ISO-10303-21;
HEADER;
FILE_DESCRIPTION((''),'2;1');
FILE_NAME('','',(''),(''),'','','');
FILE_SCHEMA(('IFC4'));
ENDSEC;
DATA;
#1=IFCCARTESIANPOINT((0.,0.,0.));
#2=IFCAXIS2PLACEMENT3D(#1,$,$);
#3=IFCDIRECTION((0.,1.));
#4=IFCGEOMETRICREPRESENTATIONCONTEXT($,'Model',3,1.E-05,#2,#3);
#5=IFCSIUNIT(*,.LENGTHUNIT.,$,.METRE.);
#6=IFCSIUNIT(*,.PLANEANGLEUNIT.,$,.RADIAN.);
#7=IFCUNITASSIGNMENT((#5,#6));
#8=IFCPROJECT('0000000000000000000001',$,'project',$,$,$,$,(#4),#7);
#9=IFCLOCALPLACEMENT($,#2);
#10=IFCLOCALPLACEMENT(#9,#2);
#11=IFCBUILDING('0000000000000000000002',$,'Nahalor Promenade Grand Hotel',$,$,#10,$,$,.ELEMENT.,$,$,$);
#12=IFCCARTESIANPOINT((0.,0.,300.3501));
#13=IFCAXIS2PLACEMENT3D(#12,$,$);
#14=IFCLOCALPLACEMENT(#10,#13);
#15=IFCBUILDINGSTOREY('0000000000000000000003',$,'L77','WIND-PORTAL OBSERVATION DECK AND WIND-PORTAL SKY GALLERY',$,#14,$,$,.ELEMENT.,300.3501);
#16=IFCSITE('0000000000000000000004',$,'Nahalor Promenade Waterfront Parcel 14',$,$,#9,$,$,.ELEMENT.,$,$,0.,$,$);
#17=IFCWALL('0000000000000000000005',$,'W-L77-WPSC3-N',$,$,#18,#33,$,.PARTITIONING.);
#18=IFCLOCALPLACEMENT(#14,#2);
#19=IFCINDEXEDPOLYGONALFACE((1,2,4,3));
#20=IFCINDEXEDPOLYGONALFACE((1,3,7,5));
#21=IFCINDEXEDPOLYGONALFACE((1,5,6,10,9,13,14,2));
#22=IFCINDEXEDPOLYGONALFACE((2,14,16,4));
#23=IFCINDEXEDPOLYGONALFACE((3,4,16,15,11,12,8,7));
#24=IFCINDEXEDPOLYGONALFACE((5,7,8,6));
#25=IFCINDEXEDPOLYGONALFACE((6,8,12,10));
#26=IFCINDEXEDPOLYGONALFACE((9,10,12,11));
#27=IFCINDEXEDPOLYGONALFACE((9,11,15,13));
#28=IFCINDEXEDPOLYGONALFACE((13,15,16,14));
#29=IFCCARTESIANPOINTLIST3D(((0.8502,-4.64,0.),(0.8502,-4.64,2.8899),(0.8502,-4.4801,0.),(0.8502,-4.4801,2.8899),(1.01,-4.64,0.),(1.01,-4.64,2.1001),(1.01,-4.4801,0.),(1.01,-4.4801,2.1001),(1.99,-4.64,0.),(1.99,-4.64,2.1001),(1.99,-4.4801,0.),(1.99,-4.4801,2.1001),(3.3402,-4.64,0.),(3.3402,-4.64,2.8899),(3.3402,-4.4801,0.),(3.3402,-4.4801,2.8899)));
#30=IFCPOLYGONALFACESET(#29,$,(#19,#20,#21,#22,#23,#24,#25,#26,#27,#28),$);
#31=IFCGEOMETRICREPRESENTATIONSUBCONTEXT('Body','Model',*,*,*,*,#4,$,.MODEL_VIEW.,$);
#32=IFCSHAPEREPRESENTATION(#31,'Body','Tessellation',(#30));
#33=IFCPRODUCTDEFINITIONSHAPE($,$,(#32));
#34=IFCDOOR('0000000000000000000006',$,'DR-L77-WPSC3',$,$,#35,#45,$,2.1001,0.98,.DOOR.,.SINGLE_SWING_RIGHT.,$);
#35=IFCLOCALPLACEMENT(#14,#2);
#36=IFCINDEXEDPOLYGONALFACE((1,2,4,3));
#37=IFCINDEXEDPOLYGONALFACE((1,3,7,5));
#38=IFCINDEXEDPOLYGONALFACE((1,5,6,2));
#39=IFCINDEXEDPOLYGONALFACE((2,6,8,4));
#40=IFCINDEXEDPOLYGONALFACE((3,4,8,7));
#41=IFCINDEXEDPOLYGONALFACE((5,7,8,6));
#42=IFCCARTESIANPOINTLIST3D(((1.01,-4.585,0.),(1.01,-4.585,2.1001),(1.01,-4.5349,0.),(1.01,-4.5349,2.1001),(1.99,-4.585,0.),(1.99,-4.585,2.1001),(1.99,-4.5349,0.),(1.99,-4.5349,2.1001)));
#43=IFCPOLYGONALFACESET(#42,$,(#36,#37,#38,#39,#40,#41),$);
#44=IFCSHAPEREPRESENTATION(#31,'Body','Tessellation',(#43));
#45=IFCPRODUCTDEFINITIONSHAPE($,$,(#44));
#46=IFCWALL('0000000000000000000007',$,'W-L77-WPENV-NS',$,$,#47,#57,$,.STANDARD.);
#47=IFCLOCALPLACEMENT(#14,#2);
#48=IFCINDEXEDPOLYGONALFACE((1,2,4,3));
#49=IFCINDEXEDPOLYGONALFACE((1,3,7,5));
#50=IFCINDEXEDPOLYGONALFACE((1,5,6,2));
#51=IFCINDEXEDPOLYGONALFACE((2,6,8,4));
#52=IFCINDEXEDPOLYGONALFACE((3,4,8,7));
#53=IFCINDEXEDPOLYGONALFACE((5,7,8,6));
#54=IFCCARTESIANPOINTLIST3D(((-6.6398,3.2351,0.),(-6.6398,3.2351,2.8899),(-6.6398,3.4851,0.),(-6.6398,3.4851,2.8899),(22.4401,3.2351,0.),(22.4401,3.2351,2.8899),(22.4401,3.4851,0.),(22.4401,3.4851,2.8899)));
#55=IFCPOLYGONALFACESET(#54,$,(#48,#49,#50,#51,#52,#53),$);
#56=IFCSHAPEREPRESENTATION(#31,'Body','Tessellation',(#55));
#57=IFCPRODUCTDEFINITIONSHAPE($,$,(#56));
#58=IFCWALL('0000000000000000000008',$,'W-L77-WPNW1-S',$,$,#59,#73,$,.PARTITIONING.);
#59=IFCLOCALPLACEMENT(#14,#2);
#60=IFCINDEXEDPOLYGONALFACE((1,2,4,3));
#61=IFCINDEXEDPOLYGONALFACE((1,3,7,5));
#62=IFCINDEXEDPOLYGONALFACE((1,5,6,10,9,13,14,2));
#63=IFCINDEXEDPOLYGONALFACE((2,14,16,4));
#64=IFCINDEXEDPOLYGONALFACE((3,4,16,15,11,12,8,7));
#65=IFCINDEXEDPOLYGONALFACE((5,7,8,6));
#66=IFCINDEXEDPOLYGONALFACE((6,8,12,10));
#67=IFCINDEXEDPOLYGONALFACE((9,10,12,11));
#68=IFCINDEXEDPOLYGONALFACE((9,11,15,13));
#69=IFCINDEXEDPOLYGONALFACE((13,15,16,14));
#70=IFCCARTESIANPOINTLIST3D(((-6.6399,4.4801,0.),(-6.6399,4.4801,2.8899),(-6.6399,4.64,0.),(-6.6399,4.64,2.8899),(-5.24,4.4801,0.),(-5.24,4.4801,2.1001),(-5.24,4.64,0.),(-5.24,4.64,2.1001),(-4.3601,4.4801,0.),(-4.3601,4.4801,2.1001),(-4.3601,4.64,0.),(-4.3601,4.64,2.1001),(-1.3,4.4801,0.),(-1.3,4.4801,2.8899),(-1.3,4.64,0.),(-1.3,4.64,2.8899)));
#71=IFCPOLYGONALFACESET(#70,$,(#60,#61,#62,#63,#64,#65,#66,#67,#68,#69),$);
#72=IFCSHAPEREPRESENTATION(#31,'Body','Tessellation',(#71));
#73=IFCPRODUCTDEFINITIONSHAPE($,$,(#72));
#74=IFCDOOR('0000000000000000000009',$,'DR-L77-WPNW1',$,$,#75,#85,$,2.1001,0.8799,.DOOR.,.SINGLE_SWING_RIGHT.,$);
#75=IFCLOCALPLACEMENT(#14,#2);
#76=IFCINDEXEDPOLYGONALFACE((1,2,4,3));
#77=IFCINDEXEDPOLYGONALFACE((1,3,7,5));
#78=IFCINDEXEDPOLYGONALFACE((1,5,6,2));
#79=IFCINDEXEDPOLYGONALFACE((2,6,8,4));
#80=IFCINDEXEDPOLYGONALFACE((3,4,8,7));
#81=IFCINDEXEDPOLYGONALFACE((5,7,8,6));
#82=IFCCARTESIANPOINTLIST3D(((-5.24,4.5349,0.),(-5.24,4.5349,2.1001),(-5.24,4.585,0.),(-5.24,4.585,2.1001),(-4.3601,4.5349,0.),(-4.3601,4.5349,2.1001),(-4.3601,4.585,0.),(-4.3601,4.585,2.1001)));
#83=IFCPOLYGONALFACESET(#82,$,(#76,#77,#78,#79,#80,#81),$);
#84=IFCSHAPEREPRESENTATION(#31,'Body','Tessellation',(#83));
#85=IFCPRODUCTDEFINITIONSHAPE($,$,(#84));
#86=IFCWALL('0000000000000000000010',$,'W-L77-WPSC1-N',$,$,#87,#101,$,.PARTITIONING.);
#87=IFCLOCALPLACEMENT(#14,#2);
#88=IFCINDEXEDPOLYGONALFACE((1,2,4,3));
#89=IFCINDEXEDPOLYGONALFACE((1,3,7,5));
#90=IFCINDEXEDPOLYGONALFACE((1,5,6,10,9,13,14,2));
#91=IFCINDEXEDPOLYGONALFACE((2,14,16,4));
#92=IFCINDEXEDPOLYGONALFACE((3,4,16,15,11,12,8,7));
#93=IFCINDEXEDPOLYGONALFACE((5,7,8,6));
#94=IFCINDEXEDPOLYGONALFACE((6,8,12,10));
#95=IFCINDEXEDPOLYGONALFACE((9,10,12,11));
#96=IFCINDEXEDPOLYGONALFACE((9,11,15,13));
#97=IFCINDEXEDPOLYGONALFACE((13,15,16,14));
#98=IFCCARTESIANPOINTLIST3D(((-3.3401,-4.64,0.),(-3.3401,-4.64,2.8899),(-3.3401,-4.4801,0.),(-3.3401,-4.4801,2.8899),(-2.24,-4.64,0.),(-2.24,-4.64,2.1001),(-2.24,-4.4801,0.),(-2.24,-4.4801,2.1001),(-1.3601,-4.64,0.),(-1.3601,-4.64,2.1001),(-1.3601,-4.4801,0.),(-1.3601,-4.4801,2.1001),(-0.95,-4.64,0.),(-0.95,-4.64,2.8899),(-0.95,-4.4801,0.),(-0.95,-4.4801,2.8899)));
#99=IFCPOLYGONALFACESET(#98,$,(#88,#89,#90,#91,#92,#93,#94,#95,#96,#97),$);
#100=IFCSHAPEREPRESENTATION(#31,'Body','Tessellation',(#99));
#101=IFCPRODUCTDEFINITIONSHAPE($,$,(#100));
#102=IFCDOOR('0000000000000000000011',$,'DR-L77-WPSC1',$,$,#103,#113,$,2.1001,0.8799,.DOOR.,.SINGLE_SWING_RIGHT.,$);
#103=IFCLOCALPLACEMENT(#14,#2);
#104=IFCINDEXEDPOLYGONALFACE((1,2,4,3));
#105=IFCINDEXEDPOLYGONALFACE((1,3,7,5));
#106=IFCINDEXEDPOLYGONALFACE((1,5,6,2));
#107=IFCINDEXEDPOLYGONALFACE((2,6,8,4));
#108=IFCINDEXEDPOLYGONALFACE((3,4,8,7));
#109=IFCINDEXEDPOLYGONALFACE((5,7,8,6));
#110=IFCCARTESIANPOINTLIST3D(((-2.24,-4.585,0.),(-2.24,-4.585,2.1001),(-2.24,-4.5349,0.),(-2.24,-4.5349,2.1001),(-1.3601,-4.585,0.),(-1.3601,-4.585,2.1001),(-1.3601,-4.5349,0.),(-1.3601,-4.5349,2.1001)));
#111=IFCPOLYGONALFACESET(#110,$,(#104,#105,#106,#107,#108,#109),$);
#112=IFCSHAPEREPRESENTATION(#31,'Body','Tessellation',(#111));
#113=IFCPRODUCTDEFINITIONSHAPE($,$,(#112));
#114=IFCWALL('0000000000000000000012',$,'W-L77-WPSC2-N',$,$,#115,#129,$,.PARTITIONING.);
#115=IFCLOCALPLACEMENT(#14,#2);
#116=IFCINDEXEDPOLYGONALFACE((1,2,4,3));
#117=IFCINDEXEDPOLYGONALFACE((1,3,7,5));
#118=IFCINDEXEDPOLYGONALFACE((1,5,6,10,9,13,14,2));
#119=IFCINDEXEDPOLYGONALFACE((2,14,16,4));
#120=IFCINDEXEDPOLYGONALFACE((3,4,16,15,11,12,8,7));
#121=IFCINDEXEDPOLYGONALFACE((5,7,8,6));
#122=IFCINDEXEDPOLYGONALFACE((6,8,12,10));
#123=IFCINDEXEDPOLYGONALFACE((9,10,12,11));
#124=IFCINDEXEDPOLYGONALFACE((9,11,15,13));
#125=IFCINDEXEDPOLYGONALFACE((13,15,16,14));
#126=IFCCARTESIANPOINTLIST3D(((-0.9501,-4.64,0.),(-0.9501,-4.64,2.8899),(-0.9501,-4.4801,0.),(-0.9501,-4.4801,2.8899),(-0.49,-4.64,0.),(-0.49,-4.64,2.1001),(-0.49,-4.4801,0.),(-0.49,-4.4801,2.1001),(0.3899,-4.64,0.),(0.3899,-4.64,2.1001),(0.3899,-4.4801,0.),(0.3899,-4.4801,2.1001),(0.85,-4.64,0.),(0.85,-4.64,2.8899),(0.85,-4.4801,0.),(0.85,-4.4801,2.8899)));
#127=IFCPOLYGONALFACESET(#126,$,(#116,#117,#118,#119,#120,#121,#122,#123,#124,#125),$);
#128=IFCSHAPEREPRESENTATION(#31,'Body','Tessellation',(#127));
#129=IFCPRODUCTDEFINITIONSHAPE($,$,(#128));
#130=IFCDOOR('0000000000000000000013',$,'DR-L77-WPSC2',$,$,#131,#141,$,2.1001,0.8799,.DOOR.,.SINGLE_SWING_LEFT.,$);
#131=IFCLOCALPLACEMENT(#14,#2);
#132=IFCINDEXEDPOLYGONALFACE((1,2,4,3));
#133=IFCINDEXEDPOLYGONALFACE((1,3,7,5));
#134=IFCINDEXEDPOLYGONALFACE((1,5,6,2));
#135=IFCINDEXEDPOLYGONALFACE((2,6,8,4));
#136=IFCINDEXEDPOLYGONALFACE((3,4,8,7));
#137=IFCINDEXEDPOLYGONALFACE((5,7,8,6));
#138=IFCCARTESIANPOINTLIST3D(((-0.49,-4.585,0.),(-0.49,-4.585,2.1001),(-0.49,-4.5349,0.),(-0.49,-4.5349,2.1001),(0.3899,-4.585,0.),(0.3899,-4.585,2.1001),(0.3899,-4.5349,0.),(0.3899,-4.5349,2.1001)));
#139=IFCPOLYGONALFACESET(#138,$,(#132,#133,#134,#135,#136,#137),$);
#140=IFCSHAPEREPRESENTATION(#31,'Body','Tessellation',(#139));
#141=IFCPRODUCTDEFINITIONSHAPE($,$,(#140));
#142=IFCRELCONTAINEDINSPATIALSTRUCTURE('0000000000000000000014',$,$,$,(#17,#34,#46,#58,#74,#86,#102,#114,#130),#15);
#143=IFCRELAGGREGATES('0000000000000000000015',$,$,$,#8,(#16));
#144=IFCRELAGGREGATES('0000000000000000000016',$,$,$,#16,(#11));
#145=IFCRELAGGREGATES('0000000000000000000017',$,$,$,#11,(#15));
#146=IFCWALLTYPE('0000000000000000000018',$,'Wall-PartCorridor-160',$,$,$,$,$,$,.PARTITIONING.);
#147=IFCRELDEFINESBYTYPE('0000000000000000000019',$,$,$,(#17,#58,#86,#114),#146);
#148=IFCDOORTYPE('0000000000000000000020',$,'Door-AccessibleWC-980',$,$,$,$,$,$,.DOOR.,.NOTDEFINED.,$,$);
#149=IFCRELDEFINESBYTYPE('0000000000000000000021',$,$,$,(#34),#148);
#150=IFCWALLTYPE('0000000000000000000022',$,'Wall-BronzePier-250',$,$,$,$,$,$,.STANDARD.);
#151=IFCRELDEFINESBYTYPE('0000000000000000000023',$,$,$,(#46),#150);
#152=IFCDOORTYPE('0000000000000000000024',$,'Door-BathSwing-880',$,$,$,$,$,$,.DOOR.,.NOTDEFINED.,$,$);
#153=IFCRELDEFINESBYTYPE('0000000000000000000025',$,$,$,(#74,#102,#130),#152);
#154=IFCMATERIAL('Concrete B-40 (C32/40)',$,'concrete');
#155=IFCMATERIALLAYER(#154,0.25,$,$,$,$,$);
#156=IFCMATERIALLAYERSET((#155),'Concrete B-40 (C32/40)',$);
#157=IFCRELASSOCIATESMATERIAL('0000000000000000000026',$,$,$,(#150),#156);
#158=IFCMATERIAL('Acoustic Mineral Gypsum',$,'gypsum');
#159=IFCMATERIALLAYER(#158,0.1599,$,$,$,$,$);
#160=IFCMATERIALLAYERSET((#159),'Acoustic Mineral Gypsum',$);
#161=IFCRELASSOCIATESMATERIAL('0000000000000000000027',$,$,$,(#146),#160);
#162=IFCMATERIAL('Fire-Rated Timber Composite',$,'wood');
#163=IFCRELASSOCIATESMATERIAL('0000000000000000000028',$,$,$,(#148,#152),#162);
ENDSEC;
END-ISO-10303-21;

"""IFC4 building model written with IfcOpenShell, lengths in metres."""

from ifc_helpers import new_model, si_unit, direction, frame, frame_2d, origin, place, context, subcontext, project, spatial, rectangle, extrude, source, transform, mapped, material, layer, layer_set, type_object, element, fill, save


model = new_model("IFC4")

# Units and contexts
model_context = context("Model", 3, precision=1e-05, world=origin(), true_north=direction((0.0, 1.0)))
body_context = subcontext(model_context, "Body", "Model", "MODEL_VIEW")
ifc_project = project(units=[si_unit("LENGTHUNIT", "METRE"), si_unit("PLANEANGLEUNIT", "RADIAN")], contexts=[model_context])

# Site, building, storey
site_placement = place(None, origin())
site = spatial("IfcSite", under=ifc_project, at=site_placement, Name="Nahalor Promenade Waterfront Parcel 14", CompositionType="ELEMENT", RefElevation=0.0)
building_placement = place(site_placement, origin())
building = spatial("IfcBuilding", under=site, at=building_placement, Name="Nahalor Promenade Grand Hotel", CompositionType="ELEMENT")
storey_placement = place(building_placement, frame((0.0, 0.0, 300.3501)))
storey = spatial("IfcBuildingStorey", under=building, at=storey_placement, Name="L77", Description="WIND-PORTAL OBSERVATION DECK AND WIND-PORTAL SKY GALLERY", CompositionType="ELEMENT", Elevation=300.3501)

# Shared definitions
ifc_material_1 = material(Name="Concrete B-40 (C32/40)", Category="concrete")
ifc_layer_1 = layer(ifc_material_1, 0.25)
ifc_layer_set_1 = layer_set([ifc_layer_1], Name="Concrete B-40 (C32/40)")
wall_type_1 = type_object("IfcWallType", Name="Wall-BronzePier-250", PredefinedType="STANDARD", material=ifc_layer_set_1)
ifc_material_2 = material(Name="Acoustic Mineral Gypsum", Category="gypsum")
ifc_layer_2 = layer(ifc_material_2, 0.1599)
ifc_layer_set_2 = layer_set([ifc_layer_2], Name="Acoustic Mineral Gypsum")
wall_type_2 = type_object("IfcWallType", Name="Wall-PartCorridor-160", PredefinedType="PARTITIONING", material=ifc_layer_set_2)

# Wall, opening, door
shared_shape_1 = source(origin(), body_context, "Body", "SweptSolid", [
    extrude(rectangle(XDim=2.49, YDim=0.1599, at=frame_2d((1.2451, 0.0))), origin(), (0.0, 0.0, 1.0), 2.8899),
])
wall_1_placement = place(storey_placement, frame((0.8501, -4.5601, 0.0), z_axis=(0.0, 0.0, 1.0), x_axis=(1.0, 0.0, 0.0)))
wall_1 = element("IfcWall", 1, at=wall_1_placement, inside=storey, type_object=wall_type_2, Name="W-L77-WPSC3-N", PredefinedType="PARTITIONING", context=body_context, shape_type="MappedRepresentation", body=[
    mapped(shared_shape_1, transform((0.0, 0.0, 0.0), scale=1.0)),
])
opening_1_placement = place(wall_1_placement, frame((0.1599, 0.0, 0.0)))
opening_1 = element("IfcOpeningElement", 2, at=opening_1_placement, cuts=wall_1, PredefinedType="OPENING", context=body_context, shape_type="SweptSolid", body=[
    extrude(rectangle(XDim=0.98, YDim=2.1001, at=frame_2d((0.49, 1.05))), frame((0.0, 0.0898, 0.0), z_axis=(0.0, -1.0, 0.0), x_axis=(1.0, 0.0, 0.0)), (0.0, 0.0, 1.0), 0.1799),
])
ifc_material_3 = material(Name="Fire-Rated Timber Composite", Category="wood")
door_type_1 = type_object("IfcDoorType", Name="Door-AccessibleWC-980", OperationType="NOTDEFINED", PredefinedType="DOOR", material=ifc_material_3)
shared_shape_2 = source(origin(), body_context, "Body", "SweptSolid", [
    extrude(rectangle(XDim=0.98, YDim=2.1001, at=frame_2d((0.49, 1.05))), frame((0.0, 0.0249, 0.0), z_axis=(0.0, -1.0, 0.0), x_axis=(1.0, 0.0, 0.0)), (0.0, 0.0, 1.0), 0.05),
])
door_1_placement = place(opening_1_placement, frame((0.98, 0.0, 0.0), z_axis=(0.0, 0.0, 1.0), x_axis=(-1.0, 0.0, 0.0)))
door_1 = element("IfcDoor", 3, at=door_1_placement, inside=storey, type_object=door_type_1, Name="DR-L77-WPSC3", OperationType="SINGLE_SWING_RIGHT", OverallHeight=2.1001, OverallWidth=0.98, PredefinedType="DOOR", context=body_context, shape_type="MappedRepresentation", body=[
    mapped(shared_shape_2, transform((0.0, 0.0, 0.0), scale=1.0)),
])
fill(opening_1, door_1)

# Wall
shared_shape_3 = source(origin(), body_context, "Body", "SweptSolid", [
    extrude(rectangle(XDim=29.0798, YDim=0.25, at=frame_2d((14.54, 0.0))), origin(), (0.0, 0.0, 1.0), 2.8899),
])
wall_2_placement = place(storey_placement, frame((-6.6399, 3.3601, 0.0), z_axis=(0.0, 0.0, 1.0), x_axis=(1.0, 0.0, 0.0)))
element("IfcWall", 4, at=wall_2_placement, inside=storey, type_object=wall_type_1, Name="W-L77-WPENV-NS", PredefinedType="STANDARD", context=body_context, shape_type="MappedRepresentation", body=[
    mapped(shared_shape_3, transform((0.0, 0.0, 0.0), scale=1.0)),
])

# Walls, openings, doors
shared_shape_4 = source(origin(), body_context, "Body", "SweptSolid", [
    extrude(rectangle(XDim=5.3398, YDim=0.1599, at=frame_2d((2.6699, 0.0))), origin(), (0.0, 0.0, 1.0), 2.8899),
])
wall_3_placement = place(storey_placement, frame((-6.6399, 4.5601, 0.0), z_axis=(0.0, 0.0, 1.0), x_axis=(1.0, 0.0, 0.0)))
wall_3 = element("IfcWall", 5, at=wall_3_placement, inside=storey, type_object=wall_type_2, Name="W-L77-WPNW1-S", PredefinedType="PARTITIONING", context=body_context, shape_type="MappedRepresentation", body=[
    mapped(shared_shape_4, transform((0.0, 0.0, 0.0), scale=1.0)),
])
opening_2_placement = place(wall_3_placement, frame((1.3999, 0.0, 0.0)))
opening_2 = element("IfcOpeningElement", 6, at=opening_2_placement, cuts=wall_3, PredefinedType="OPENING", context=body_context, shape_type="SweptSolid", body=[
    extrude(rectangle(XDim=0.8799, YDim=2.1001, at=frame_2d((0.4399, 1.05))), frame((0.0, 0.0898, 0.0), z_axis=(0.0, -1.0, 0.0), x_axis=(1.0, 0.0, 0.0)), (0.0, 0.0, 1.0), 0.1799),
])
door_type_2 = type_object("IfcDoorType", Name="Door-BathSwing-880", OperationType="NOTDEFINED", PredefinedType="DOOR", material=ifc_material_3)
shared_shape_5 = source(origin(), body_context, "Body", "SweptSolid", [
    extrude(rectangle(XDim=0.8799, YDim=2.1001, at=frame_2d((0.4399, 1.05))), frame((0.0, 0.0249, 0.0), z_axis=(0.0, -1.0, 0.0), x_axis=(1.0, 0.0, 0.0)), (0.0, 0.0, 1.0), 0.05),
])
door_2_placement = place(opening_2_placement, origin())
door_2 = element("IfcDoor", 7, at=door_2_placement, inside=storey, type_object=door_type_2, Name="DR-L77-WPNW1", OperationType="SINGLE_SWING_RIGHT", OverallHeight=2.1001, OverallWidth=0.8799, PredefinedType="DOOR", context=body_context, shape_type="MappedRepresentation", body=[
    mapped(shared_shape_5, transform((0.0, 0.0, 0.0), scale=1.0)),
])
fill(opening_2, door_2)
shared_shape_6 = source(origin(), body_context, "Body", "SweptSolid", [
    extrude(rectangle(XDim=2.3901, YDim=0.1599, at=frame_2d((1.1951, 0.0))), origin(), (0.0, 0.0, 1.0), 2.8899),
])
wall_4_placement = place(storey_placement, frame((-3.3401, -4.5601, 0.0), z_axis=(0.0, 0.0, 1.0), x_axis=(1.0, 0.0, 0.0)))
wall_4 = element("IfcWall", 8, at=wall_4_placement, inside=storey, type_object=wall_type_2, Name="W-L77-WPSC1-N", PredefinedType="PARTITIONING", context=body_context, shape_type="MappedRepresentation", body=[
    mapped(shared_shape_6, transform((0.0, 0.0, 0.0), scale=1.0)),
])
opening_3_placement = place(wall_4_placement, frame((1.1001, 0.0, 0.0)))
opening_3 = element("IfcOpeningElement", 9, at=opening_3_placement, cuts=wall_4, PredefinedType="OPENING", context=body_context, shape_type="SweptSolid", body=[
    extrude(rectangle(XDim=0.8799, YDim=2.1001, at=frame_2d((0.4399, 1.05))), frame((0.0, 0.0898, 0.0), z_axis=(0.0, -1.0, 0.0), x_axis=(1.0, 0.0, 0.0)), (0.0, 0.0, 1.0), 0.1799),
])
door_3_placement = place(opening_3_placement, frame((0.8799, 0.0, 0.0), z_axis=(0.0, 0.0, 1.0), x_axis=(-1.0, 0.0, 0.0)))
door_3 = element("IfcDoor", 10, at=door_3_placement, inside=storey, type_object=door_type_2, Name="DR-L77-WPSC1", OperationType="SINGLE_SWING_RIGHT", OverallHeight=2.1001, OverallWidth=0.8799, PredefinedType="DOOR", context=body_context, shape_type="MappedRepresentation", body=[
    mapped(shared_shape_5, transform((0.0, 0.0, 0.0), scale=1.0)),
])
fill(opening_3, door_3)
shared_shape_7 = source(origin(), body_context, "Body", "SweptSolid", [
    extrude(rectangle(XDim=1.8, YDim=0.1599, at=frame_2d((0.8999, 0.0))), origin(), (0.0, 0.0, 1.0), 2.8899),
])
wall_5_placement = place(storey_placement, frame((-0.95, -4.5601, 0.0), z_axis=(0.0, 0.0, 1.0), x_axis=(1.0, 0.0, 0.0)))
wall_5 = element("IfcWall", 11, at=wall_5_placement, inside=storey, type_object=wall_type_2, Name="W-L77-WPSC2-N", PredefinedType="PARTITIONING", context=body_context, shape_type="MappedRepresentation", body=[
    mapped(shared_shape_7, transform((0.0, 0.0, 0.0), scale=1.0)),
])
opening_4_placement = place(wall_5_placement, frame((0.46, 0.0, 0.0)))
opening_4 = element("IfcOpeningElement", 12, at=opening_4_placement, cuts=wall_5, PredefinedType="OPENING", context=body_context, shape_type="SweptSolid", body=[
    extrude(rectangle(XDim=0.8799, YDim=2.1001, at=frame_2d((0.4399, 1.05))), frame((0.0, 0.0898, 0.0), z_axis=(0.0, -1.0, 0.0), x_axis=(1.0, 0.0, 0.0)), (0.0, 0.0, 1.0), 0.1799),
])
door_4_placement = place(opening_4_placement, frame((0.8799, 0.0, 0.0), z_axis=(0.0, 0.0, 1.0), x_axis=(-1.0, 0.0, 0.0)))
door_4 = element("IfcDoor", 13, at=door_4_placement, inside=storey, type_object=door_type_2, Name="DR-L77-WPSC2", OperationType="SINGLE_SWING_LEFT", OverallHeight=2.1001, OverallWidth=0.8799, PredefinedType="DOOR", context=body_context, shape_type="MappedRepresentation", body=[
    mapped(shared_shape_5, transform((0.0, 0.0, 0.0), scale=1.0)),
])
fill(opening_4, door_4)

save(model, "model.ifc")
